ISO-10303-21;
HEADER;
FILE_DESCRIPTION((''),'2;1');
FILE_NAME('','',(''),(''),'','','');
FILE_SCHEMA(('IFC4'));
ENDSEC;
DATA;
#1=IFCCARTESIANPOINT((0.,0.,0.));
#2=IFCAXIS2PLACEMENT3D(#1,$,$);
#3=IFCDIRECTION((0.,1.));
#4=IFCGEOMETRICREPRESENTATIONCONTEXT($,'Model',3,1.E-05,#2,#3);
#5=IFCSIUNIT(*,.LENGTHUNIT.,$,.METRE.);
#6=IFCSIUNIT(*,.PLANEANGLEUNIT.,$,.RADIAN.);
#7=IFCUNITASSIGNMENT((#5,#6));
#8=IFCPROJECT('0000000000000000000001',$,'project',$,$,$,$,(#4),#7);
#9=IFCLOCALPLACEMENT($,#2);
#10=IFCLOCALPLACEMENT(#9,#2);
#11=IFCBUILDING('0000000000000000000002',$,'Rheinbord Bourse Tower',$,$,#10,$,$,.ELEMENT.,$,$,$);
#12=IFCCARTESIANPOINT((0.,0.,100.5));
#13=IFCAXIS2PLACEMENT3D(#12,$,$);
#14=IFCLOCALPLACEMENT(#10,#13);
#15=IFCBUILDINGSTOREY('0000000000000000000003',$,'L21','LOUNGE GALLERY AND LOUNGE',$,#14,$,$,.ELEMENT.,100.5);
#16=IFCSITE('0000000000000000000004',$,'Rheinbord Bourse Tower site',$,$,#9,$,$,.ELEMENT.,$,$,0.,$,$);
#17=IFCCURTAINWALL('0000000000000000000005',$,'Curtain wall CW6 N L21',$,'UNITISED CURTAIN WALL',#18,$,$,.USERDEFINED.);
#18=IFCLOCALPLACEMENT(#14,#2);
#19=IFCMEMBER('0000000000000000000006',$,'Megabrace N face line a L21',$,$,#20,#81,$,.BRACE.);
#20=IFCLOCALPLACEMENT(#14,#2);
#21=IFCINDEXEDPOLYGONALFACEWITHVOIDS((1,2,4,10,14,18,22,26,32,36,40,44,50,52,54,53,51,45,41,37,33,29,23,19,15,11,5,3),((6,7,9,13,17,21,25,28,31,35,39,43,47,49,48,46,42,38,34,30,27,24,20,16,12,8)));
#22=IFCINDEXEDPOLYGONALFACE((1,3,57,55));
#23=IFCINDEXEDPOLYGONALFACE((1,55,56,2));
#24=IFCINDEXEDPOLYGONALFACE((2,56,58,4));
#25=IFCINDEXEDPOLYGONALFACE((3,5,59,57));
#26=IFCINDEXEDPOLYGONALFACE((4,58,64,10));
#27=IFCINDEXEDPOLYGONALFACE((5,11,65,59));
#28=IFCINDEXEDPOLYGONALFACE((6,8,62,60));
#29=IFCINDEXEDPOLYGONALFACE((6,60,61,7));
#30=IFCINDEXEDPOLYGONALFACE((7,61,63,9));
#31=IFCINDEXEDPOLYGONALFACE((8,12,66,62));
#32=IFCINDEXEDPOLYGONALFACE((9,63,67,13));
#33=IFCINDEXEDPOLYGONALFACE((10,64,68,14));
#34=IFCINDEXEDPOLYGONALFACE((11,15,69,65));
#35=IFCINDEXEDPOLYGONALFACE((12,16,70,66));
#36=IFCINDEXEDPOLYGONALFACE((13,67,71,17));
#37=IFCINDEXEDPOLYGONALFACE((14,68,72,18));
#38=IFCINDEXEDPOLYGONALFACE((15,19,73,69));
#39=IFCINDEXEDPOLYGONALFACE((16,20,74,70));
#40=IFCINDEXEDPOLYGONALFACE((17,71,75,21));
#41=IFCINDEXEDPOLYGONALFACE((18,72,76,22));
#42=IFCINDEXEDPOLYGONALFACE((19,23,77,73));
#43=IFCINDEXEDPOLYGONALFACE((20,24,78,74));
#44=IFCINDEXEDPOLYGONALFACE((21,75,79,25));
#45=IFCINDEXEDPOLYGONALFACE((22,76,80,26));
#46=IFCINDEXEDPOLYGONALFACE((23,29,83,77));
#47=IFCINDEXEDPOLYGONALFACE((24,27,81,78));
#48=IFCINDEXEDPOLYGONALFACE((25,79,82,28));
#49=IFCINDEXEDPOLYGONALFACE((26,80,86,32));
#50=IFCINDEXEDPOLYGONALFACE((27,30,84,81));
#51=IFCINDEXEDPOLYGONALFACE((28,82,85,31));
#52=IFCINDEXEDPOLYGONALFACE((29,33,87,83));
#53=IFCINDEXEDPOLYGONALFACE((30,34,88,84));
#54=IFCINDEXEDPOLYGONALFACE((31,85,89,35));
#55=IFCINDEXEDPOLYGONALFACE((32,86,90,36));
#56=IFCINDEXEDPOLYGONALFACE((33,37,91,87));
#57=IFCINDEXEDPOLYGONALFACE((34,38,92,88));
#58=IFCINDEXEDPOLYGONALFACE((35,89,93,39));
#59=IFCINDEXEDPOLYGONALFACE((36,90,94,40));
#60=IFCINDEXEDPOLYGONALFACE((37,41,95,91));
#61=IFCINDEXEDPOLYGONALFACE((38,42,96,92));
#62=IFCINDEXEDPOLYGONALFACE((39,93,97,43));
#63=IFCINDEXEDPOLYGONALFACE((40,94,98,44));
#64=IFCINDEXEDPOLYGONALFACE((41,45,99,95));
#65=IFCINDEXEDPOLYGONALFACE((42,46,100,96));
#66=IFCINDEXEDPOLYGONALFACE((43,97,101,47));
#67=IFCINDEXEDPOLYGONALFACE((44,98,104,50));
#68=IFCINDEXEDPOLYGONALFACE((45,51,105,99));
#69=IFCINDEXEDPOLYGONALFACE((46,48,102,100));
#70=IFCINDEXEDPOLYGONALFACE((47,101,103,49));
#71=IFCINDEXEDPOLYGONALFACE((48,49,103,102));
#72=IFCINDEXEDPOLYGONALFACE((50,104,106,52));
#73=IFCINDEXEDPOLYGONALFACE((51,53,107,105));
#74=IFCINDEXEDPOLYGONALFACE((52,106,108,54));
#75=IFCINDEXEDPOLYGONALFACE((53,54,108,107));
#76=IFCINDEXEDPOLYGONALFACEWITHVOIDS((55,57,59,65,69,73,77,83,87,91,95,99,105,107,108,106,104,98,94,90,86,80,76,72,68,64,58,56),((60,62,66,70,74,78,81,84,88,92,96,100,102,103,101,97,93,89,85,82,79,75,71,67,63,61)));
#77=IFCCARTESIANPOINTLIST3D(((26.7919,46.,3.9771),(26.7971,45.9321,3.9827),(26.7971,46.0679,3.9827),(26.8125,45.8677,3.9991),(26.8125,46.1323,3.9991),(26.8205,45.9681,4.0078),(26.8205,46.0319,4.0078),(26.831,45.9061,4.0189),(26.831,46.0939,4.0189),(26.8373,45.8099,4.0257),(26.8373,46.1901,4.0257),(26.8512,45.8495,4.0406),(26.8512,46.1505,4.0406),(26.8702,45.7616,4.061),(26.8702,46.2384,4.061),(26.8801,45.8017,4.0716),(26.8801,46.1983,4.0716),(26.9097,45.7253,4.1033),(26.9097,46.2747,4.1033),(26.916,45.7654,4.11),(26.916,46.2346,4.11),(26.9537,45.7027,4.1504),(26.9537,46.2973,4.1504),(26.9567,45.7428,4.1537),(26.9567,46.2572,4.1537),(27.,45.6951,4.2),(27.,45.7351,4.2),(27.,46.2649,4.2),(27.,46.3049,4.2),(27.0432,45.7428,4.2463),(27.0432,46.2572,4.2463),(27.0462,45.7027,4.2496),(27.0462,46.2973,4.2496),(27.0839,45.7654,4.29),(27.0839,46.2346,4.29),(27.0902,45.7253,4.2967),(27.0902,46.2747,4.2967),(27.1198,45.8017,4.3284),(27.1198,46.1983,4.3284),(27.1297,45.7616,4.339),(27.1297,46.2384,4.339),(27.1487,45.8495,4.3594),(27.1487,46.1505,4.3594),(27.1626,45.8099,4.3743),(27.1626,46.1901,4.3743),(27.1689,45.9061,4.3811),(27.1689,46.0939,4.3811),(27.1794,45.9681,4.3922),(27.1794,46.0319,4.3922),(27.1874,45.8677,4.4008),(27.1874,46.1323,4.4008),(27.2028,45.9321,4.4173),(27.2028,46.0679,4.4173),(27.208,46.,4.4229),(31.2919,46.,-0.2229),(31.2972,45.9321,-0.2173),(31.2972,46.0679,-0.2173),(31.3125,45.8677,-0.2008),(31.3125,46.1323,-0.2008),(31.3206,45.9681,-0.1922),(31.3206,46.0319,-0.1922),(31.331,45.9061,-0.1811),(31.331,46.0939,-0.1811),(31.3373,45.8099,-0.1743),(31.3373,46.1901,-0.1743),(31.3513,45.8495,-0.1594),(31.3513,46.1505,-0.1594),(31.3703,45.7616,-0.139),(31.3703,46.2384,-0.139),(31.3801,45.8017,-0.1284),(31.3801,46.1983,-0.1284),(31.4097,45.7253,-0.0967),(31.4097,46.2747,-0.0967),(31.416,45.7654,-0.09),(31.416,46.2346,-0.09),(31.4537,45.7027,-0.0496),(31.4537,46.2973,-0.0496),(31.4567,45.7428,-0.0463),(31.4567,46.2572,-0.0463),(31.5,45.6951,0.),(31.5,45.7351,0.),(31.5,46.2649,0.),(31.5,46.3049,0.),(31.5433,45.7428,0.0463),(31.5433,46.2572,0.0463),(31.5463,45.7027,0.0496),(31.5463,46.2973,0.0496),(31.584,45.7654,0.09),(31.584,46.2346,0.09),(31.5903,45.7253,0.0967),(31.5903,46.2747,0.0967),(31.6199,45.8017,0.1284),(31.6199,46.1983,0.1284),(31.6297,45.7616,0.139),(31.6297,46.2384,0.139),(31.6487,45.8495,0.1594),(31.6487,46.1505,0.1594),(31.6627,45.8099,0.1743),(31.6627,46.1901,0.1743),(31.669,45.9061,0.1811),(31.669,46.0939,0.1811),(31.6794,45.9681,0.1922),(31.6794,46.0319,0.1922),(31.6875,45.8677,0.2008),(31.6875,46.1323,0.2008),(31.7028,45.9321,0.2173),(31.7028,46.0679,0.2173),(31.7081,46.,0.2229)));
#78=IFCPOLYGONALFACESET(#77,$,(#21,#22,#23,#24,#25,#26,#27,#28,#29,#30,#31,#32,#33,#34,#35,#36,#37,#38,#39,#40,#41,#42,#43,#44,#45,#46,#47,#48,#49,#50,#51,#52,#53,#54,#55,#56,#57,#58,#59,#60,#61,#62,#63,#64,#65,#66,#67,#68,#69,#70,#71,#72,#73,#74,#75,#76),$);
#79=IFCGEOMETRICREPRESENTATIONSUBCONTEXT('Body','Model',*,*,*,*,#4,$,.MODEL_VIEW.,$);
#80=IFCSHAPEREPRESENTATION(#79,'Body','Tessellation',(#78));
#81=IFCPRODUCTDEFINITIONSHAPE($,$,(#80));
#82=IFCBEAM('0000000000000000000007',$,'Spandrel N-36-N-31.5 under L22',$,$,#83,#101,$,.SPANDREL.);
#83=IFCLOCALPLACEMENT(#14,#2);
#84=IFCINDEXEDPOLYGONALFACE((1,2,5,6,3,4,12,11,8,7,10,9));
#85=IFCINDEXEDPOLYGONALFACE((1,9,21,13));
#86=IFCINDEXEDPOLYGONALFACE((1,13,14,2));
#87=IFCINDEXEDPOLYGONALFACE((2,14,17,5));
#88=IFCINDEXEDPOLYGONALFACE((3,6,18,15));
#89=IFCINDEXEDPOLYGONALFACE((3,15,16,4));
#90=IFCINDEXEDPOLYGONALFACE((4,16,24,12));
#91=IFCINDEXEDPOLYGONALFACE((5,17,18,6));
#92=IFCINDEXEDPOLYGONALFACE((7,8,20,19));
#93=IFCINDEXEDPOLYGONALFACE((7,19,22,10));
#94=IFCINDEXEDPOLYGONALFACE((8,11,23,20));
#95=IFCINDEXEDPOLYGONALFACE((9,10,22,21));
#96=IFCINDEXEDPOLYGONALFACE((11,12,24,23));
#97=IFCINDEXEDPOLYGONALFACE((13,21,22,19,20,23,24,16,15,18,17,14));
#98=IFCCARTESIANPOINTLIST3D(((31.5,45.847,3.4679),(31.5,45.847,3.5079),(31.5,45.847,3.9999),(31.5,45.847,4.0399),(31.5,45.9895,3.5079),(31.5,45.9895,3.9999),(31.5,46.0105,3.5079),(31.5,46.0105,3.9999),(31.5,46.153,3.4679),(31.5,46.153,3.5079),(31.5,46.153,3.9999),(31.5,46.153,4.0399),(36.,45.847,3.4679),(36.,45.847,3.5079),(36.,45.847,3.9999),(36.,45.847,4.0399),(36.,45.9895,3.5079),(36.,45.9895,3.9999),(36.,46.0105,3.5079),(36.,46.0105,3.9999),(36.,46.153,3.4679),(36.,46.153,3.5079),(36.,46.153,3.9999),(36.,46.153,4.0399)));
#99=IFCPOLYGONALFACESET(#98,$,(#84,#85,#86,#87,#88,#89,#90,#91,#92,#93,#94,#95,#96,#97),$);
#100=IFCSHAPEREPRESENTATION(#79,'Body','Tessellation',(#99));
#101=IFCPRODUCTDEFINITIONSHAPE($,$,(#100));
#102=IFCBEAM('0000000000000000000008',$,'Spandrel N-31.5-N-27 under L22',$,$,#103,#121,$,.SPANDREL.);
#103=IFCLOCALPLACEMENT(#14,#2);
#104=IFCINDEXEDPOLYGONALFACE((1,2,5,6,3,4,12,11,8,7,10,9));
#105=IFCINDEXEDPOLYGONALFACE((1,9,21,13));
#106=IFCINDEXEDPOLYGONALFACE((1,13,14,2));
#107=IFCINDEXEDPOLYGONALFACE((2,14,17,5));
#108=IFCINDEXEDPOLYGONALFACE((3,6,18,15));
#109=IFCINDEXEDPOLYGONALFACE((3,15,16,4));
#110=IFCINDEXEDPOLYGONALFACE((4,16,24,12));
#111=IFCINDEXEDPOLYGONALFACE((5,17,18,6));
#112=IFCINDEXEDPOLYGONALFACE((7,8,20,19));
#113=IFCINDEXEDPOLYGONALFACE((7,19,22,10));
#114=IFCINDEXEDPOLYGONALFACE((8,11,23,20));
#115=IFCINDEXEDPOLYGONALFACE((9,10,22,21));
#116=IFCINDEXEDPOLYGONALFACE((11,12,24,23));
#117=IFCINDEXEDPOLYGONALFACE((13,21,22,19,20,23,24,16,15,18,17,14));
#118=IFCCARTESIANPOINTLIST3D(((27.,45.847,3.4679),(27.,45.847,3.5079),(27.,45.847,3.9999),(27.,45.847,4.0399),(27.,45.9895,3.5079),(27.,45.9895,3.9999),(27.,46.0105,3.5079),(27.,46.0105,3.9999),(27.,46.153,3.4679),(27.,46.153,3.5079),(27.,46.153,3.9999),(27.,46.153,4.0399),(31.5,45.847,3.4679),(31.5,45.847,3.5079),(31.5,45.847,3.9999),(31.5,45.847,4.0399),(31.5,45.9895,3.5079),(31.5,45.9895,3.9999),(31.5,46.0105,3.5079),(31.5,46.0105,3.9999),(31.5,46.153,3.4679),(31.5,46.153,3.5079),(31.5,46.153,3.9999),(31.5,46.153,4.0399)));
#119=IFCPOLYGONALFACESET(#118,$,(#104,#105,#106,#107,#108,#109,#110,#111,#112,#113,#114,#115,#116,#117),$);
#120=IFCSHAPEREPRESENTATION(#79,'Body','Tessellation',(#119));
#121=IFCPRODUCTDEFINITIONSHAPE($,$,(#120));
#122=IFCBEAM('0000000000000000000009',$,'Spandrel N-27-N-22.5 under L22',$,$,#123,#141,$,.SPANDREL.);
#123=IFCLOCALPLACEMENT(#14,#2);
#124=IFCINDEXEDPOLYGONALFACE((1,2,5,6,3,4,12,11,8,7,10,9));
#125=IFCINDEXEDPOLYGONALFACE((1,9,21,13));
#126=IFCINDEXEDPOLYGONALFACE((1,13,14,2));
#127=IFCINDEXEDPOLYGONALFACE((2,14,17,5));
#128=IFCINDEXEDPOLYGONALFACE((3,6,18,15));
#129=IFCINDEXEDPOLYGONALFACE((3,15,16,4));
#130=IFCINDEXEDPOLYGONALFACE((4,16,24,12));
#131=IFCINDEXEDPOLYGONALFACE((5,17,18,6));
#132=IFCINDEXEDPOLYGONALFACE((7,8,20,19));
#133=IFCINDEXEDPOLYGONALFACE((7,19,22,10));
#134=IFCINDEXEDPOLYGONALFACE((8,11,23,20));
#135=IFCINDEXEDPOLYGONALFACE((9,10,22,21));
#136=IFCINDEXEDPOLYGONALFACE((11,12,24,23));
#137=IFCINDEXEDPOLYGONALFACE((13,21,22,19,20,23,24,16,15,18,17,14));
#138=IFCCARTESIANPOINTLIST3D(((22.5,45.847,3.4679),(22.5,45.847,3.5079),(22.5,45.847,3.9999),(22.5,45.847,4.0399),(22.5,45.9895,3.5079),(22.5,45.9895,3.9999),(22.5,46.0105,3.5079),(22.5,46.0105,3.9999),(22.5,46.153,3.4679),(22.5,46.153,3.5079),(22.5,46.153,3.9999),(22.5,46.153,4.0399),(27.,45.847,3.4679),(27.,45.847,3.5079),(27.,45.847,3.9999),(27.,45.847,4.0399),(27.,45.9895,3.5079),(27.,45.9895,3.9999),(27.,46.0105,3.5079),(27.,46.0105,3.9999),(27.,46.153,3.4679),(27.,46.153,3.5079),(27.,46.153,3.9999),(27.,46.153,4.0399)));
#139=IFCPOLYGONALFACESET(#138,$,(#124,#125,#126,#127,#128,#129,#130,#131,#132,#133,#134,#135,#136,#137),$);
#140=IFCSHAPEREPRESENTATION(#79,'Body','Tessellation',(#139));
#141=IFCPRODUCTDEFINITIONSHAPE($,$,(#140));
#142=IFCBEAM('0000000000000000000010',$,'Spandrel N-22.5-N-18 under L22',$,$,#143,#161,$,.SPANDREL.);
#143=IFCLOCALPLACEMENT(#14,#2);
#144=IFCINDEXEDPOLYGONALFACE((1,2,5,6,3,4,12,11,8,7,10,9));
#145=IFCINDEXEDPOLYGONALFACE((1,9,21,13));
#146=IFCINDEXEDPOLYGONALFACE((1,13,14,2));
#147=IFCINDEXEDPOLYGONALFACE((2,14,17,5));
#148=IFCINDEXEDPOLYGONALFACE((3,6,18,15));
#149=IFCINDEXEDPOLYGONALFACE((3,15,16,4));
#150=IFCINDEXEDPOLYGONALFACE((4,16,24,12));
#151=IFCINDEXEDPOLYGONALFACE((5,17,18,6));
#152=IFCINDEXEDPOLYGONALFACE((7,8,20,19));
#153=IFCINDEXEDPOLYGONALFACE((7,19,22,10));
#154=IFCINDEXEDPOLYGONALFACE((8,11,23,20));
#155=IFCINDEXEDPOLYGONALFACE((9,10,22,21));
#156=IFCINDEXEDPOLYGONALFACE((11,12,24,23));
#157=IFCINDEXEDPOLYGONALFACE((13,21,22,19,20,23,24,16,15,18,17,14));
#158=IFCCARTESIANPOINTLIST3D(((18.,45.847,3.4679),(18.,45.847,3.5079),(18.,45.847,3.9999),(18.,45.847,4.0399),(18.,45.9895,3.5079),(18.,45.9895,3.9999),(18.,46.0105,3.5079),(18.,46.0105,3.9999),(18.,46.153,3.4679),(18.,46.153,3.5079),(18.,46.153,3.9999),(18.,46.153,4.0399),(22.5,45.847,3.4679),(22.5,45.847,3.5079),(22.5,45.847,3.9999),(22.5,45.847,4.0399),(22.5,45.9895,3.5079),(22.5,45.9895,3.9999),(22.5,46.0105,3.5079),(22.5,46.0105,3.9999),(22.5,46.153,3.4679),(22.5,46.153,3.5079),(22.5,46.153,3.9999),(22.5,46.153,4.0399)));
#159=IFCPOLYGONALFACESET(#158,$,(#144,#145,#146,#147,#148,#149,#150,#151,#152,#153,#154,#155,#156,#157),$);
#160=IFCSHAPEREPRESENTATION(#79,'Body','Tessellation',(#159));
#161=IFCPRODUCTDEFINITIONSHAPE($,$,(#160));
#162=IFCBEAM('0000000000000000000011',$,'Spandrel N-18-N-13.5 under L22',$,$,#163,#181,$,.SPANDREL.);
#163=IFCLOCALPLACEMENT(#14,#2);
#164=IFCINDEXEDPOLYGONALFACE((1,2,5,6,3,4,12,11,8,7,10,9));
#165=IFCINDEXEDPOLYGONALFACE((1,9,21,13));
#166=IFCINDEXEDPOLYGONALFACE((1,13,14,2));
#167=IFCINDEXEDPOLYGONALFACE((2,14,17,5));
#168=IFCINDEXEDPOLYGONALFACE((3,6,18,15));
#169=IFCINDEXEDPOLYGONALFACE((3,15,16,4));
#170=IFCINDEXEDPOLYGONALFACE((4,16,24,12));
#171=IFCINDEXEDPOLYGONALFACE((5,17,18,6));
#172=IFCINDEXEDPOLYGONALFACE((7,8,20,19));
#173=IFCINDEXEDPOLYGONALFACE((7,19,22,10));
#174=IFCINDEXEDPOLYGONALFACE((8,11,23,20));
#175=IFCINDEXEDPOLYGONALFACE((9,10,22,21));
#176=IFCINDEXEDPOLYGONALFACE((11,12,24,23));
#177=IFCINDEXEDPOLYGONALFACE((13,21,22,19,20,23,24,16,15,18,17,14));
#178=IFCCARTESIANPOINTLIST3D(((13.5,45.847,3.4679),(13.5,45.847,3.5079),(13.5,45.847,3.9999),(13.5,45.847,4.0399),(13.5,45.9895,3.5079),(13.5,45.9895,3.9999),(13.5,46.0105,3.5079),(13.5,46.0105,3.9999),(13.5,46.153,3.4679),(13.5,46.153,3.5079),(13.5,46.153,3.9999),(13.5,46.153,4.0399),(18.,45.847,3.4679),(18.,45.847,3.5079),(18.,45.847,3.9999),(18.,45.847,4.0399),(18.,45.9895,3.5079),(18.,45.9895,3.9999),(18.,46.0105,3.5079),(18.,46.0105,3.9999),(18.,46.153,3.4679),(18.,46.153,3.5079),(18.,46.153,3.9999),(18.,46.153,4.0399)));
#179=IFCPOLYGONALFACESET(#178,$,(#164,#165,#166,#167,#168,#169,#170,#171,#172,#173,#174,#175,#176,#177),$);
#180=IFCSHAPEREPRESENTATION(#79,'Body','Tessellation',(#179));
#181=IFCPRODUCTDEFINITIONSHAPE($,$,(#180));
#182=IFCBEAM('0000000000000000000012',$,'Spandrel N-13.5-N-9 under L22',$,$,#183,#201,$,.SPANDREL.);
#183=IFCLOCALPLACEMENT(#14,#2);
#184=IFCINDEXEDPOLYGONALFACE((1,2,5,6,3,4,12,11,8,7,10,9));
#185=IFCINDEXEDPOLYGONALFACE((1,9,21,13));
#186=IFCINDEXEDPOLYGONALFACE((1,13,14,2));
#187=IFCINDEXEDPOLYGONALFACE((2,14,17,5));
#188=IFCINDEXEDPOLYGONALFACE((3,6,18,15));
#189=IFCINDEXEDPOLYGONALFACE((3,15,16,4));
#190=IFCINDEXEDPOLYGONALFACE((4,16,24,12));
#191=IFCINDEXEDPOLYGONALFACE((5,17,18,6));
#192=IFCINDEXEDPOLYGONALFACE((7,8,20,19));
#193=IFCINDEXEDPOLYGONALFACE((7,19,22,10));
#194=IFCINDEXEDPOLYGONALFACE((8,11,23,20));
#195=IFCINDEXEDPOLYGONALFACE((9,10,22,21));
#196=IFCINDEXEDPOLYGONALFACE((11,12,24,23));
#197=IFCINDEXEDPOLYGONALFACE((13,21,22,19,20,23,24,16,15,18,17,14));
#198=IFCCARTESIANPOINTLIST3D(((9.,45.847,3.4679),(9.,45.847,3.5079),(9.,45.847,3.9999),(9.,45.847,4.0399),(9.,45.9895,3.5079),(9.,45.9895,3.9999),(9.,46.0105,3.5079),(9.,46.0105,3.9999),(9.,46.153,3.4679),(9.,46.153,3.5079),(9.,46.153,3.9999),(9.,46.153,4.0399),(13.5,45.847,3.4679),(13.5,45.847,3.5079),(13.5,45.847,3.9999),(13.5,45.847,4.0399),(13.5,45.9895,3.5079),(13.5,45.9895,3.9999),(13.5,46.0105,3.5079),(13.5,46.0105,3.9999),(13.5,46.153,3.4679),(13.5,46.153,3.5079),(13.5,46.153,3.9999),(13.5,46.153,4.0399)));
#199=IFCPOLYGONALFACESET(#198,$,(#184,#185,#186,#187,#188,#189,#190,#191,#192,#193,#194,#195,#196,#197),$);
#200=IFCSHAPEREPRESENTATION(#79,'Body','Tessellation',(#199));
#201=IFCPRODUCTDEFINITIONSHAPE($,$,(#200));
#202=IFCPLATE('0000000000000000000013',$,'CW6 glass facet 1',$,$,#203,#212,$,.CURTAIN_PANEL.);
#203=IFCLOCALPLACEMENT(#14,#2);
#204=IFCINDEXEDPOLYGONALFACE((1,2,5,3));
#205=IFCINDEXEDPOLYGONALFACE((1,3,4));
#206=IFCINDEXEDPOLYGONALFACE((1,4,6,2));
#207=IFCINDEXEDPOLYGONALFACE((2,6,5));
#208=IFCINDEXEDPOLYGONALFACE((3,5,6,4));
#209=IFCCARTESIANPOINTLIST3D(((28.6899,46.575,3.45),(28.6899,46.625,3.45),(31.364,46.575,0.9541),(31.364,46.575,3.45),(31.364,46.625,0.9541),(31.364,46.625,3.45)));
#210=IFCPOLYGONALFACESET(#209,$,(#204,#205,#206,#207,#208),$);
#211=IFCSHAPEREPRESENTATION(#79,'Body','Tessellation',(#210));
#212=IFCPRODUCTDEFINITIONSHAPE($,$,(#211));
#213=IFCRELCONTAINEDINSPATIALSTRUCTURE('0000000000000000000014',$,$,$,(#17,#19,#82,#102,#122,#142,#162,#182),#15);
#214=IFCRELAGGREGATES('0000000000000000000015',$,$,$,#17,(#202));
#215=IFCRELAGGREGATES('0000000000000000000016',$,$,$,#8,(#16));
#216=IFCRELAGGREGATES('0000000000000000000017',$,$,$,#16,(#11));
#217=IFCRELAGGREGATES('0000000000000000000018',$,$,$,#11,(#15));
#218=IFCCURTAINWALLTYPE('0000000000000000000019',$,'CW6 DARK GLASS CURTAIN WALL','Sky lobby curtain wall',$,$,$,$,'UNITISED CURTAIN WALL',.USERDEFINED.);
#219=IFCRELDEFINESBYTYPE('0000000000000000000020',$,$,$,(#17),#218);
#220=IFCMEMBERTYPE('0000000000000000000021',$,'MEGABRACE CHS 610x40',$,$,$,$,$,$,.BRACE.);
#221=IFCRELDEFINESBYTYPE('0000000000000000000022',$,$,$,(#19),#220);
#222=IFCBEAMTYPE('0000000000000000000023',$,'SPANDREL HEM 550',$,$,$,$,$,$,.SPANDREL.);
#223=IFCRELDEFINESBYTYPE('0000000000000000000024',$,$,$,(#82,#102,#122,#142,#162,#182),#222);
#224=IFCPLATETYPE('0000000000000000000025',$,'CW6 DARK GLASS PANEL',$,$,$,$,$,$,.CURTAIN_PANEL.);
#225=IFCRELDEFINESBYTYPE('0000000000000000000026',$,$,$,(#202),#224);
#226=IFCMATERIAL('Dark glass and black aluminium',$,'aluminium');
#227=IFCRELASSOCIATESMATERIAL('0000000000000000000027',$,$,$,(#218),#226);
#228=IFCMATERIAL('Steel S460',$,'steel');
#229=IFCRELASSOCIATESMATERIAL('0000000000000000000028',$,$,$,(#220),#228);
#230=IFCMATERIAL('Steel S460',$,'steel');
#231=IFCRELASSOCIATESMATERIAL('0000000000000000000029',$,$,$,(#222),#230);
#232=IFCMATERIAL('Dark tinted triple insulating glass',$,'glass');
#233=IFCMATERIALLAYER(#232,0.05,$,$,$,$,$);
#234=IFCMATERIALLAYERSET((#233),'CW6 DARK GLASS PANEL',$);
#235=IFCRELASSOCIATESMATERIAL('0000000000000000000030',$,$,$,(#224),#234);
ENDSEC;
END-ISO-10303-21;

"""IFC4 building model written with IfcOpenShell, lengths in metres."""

from ifc_helpers import new_model, si_unit, direction, frame, origin, origin_2d, place, context, subcontext, project, spatial, polyline, hollow_circle, i_section, outline, extrude, material, layer, layer_set, material_profile, profile_set, type_object, element, aggregate, save


model = new_model("IFC4")

# Units and contexts
model_context = context("Model", 3, precision=1e-05, world=origin(), true_north=direction((0.0, 1.0)))
body_context = subcontext(model_context, "Body", "Model", "MODEL_VIEW")
ifc_project = project(units=[si_unit("LENGTHUNIT", "METRE"), si_unit("PLANEANGLEUNIT", "RADIAN")], contexts=[model_context])

# Site, building, storey
site_placement = place(None, origin())
site = spatial("IfcSite", under=ifc_project, at=site_placement, Name="Rheinbord Bourse Tower site", CompositionType="ELEMENT", RefElevation=0.0)
building_placement = place(site_placement, origin())
building = spatial("IfcBuilding", under=site, at=building_placement, Name="Rheinbord Bourse Tower", CompositionType="ELEMENT")
storey_placement = place(building_placement, frame((0.0, 0.0, 100.5)))
storey = spatial("IfcBuildingStorey", under=building, at=storey_placement, Name="L21", Description="LOUNGE GALLERY AND LOUNGE", CompositionType="ELEMENT", Elevation=100.5)

# Curtain wall
ifc_material_1 = material(Name="Dark glass and black aluminium", Category="aluminium")
curtain_wall_type = type_object("IfcCurtainWallType", Name="CW6 DARK GLASS CURTAIN WALL", Description="Sky lobby curtain wall", ElementType="UNITISED CURTAIN WALL", PredefinedType="USERDEFINED", material=ifc_material_1)
curtain_wall_placement = place(storey_placement, origin())
curtain_wall = element("IfcCurtainWall", 1, at=curtain_wall_placement, inside=storey, type_object=curtain_wall_type, Name="Curtain wall CW6 N L21", ObjectType="UNITISED CURTAIN WALL", PredefinedType="USERDEFINED")

# Member
ifc_material_2 = material(Name="Steel S460", Category="steel")
ifc_material_profile_1 = material_profile(ifc_material_2, hollow_circle(Radius=0.3049, WallThickness=0.04, at=origin_2d()), Name="CHS 610x40")
ifc_profile_set_1 = profile_set([ifc_material_profile_1], Name="Steel S460")
member_type_1 = type_object("IfcMemberType", Name="MEGABRACE CHS 610x40", PredefinedType="BRACE", material=ifc_profile_set_1)
member_1_placement = place(storey_placement, frame((31.5, 46.0, 0.0), z_axis=(-0.731059, 0.0, 0.682314), x_axis=(0.0, -1.0, 0.0)))
element("IfcMember", 2, at=member_1_placement, inside=storey, type_object=member_type_1, Name="Megabrace N face line a L21", PredefinedType="BRACE", context=body_context, shape_type="SweptSolid", body=[
    extrude(hollow_circle(Radius=0.3049, WallThickness=0.04, at=origin_2d()), origin(), (0.0, 0.0, 1.0), 6.1555),
])

# Beams
ifc_material_3 = material(Name="Steel S460", Category="steel")
ifc_material_profile_2 = material_profile(ifc_material_3, i_section(OverallWidth=0.3059, OverallDepth=0.572, WebThickness=0.021, FlangeThickness=0.04, at=origin_2d()), Name="HEM 550")
ifc_profile_set_2 = profile_set([ifc_material_profile_2], Name="Steel S460")
beam_type_1 = type_object("IfcBeamType", Name="SPANDREL HEM 550", PredefinedType="SPANDREL", material=ifc_profile_set_2)
for number, where, z_axis, x_axis, name in (
    (3, (36.0, 46.0, 3.7539), (-1.0, 0.0, 0.0), (0.0, -1.0, 0.0), "Spandrel N-36-N-31.5 under L22"),
    (4, (31.5, 46.0, 3.7539), (-1.0, 0.0, 0.0), (0.0, -1.0, 0.0), "Spandrel N-31.5-N-27 under L22"),
    (5, (27.0, 46.0, 3.7539), (-1.0, 0.0, 0.0), (0.0, -1.0, 0.0), "Spandrel N-27-N-22.5 under L22"),
    (6, (22.5, 46.0, 3.7539), (-1.0, 0.0, 0.0), (0.0, -1.0, 0.0), "Spandrel N-22.5-N-18 under L22"),
    (7, (18.0, 46.0, 3.7539), (-1.0, 0.0, 0.0), (0.0, -1.0, 0.0), "Spandrel N-18-N-13.5 under L22"),
    (8, (13.5, 46.0, 3.7539), (-1.0, 0.0, 0.0), (0.0, -1.0, 0.0), "Spandrel N-13.5-N-9 under L22"),
):
    element("IfcBeam", number, at=place(storey_placement, frame(where, z_axis=z_axis, x_axis=x_axis)), inside=storey, type_object=beam_type_1, Name=name, PredefinedType="SPANDREL", context=body_context, shape_type="SweptSolid", body=[
        extrude(i_section(OverallWidth=0.3059, OverallDepth=0.572, WebThickness=0.021, FlangeThickness=0.04, at=origin_2d()), origin(), (0.0, 0.0, 1.0), 4.5),
    ])

# Plate
ifc_material_4 = material(Name="Dark tinted triple insulating glass", Category="glass")
ifc_layer = layer(ifc_material_4, 0.05)
ifc_layer_set = layer_set([ifc_layer], Name="CW6 DARK GLASS PANEL")
plate_type = type_object("IfcPlateType", Name="CW6 DARK GLASS PANEL", PredefinedType="CURTAIN_PANEL", material=ifc_layer_set)
plate_1_placement = place(storey_placement, frame((31.364, 46.625, 3.45), z_axis=(0.0, -1.0, 0.0), x_axis=(-1.0, 0.0, 0.0)))
plate_1 = element("IfcPlate", 9, at=plate_1_placement, type_object=plate_type, Name="CW6 glass facet 1", PredefinedType="CURTAIN_PANEL", context=body_context, shape_type="SweptSolid", body=[
    extrude(outline(polyline([(0.0, 0.0), (2.6741, 0.0), (0.0, 2.4958), (0.0, 0.0)])), origin(), (0.0, 0.0, 1.0), 0.05),
])
aggregate(curtain_wall, [plate_1])

save(model, "model.ifc")
